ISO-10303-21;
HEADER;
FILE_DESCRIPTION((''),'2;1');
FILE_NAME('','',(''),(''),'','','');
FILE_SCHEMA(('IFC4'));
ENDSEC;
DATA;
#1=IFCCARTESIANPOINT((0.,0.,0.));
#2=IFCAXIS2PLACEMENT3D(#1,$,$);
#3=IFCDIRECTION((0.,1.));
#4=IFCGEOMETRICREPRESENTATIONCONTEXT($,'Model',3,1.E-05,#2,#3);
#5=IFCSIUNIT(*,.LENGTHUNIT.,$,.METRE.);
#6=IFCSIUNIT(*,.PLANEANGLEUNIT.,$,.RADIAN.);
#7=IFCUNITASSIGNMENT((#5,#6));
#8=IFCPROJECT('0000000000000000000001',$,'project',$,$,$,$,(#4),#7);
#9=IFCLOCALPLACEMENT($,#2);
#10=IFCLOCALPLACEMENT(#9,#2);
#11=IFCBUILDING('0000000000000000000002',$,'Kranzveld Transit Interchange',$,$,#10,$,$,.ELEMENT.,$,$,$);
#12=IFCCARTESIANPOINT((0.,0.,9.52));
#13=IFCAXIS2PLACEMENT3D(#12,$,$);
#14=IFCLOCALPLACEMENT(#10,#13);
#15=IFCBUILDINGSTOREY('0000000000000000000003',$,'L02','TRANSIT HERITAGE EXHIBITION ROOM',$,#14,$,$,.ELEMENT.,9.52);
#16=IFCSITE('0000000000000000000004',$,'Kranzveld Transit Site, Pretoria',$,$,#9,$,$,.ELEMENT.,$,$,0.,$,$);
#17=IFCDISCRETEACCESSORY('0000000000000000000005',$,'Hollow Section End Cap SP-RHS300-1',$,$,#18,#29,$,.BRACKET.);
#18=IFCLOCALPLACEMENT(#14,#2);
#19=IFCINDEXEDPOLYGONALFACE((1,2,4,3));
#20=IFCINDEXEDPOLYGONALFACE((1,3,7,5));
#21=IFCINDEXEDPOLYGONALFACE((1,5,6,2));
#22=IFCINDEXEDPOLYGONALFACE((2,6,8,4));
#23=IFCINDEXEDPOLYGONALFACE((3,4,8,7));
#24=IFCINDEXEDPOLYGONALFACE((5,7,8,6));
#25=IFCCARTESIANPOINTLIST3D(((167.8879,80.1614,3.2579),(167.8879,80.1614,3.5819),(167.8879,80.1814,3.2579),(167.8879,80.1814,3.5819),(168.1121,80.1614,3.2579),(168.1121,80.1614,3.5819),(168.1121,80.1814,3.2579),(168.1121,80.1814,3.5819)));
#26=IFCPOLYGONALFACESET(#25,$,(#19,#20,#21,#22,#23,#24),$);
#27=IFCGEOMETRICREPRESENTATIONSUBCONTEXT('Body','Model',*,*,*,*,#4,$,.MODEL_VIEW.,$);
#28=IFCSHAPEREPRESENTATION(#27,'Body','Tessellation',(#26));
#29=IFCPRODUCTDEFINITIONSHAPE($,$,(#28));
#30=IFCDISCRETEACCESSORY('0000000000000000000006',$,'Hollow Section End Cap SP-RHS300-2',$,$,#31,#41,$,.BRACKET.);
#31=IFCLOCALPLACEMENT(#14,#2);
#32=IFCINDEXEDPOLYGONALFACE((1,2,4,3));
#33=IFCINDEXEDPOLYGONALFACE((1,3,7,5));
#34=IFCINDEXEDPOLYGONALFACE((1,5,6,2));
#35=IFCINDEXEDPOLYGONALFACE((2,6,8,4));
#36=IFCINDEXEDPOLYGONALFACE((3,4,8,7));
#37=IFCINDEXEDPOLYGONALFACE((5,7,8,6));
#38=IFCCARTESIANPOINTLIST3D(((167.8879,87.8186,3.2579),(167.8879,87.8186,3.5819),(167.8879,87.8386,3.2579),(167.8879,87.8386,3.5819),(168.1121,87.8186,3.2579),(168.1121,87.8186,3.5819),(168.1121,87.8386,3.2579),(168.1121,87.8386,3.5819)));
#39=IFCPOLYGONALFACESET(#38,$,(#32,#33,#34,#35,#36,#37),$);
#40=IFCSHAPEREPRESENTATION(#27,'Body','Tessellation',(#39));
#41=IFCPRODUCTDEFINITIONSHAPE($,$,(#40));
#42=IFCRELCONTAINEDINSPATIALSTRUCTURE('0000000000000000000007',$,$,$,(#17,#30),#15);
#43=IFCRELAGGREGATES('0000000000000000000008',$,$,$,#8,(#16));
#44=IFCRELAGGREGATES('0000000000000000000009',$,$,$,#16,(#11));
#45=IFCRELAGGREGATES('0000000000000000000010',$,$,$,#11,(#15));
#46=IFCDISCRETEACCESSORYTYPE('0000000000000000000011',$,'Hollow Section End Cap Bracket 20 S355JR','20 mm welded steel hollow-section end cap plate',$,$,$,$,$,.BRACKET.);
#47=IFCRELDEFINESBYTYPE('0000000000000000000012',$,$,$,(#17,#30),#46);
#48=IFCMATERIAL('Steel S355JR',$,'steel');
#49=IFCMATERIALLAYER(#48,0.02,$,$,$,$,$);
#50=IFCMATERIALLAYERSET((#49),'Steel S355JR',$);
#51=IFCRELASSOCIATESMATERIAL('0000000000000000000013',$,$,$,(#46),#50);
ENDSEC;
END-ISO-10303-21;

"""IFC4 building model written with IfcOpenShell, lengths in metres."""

from ifc_helpers import new_model, si_unit, direction, frame, origin, origin_2d, place, context, subcontext, project, spatial, rectangle, extrude, material, layer, layer_set, type_object, element, save


model = new_model("IFC4")

# Units and contexts
model_context = context("Model", 3, precision=1e-05, world=origin(), true_north=direction((0.0, 1.0)))
body_context = subcontext(model_context, "Body", "Model", "MODEL_VIEW")
ifc_project = project(units=[si_unit("LENGTHUNIT", "METRE"), si_unit("PLANEANGLEUNIT", "RADIAN")], contexts=[model_context])

# Site, building, storey
site_placement = place(None, origin())
site = spatial("IfcSite", under=ifc_project, at=site_placement, Name="Kranzveld Transit Site, Pretoria", CompositionType="ELEMENT", RefElevation=0.0)
building_placement = place(site_placement, origin())
building = spatial("IfcBuilding", under=site, at=building_placement, Name="Kranzveld Transit Interchange", CompositionType="ELEMENT")
storey_placement = place(building_placement, frame((0.0, 0.0, 9.52)))
storey = spatial("IfcBuildingStorey", under=building, at=storey_placement, Name="L02", Description="TRANSIT HERITAGE EXHIBITION ROOM", CompositionType="ELEMENT", Elevation=9.52)

# Discrete accessories
ifc_material_1 = material(Name="Steel S355JR", Category="steel")
ifc_layer_1 = layer(ifc_material_1, 0.02)
ifc_layer_set_1 = layer_set([ifc_layer_1], Name="Steel S355JR")
discrete_accessory_type = type_object("IfcDiscreteAccessoryType", Name="Hollow Section End Cap Bracket 20 S355JR", Description="20 mm welded steel hollow-section end cap plate", PredefinedType="BRACKET", material=ifc_layer_set_1)
for number, where, z_axis, x_axis, name in (
    (1, (168.0, 80.1814, 3.4199), (0.0, -1.0, 0.0), (1.0, 0.0, 0.0), "Hollow Section End Cap SP-RHS300-1"),
    (2, (168.0, 87.8186, 3.4199), (0.0, 1.0, 0.0), (-1.0, 0.0, 0.0), "Hollow Section End Cap SP-RHS300-2"),
):
    element("IfcDiscreteAccessory", number, at=place(storey_placement, frame(where, z_axis=z_axis, x_axis=x_axis)), inside=storey, type_object=discrete_accessory_type, Name=name, PredefinedType="BRACKET", context=body_context, shape_type="SweptSolid", body=[
        extrude(rectangle(XDim=0.2241, YDim=0.324, at=origin_2d()), origin(), (0.0, 0.0, 1.0), 0.02),
    ])

save(model, "model.ifc")
